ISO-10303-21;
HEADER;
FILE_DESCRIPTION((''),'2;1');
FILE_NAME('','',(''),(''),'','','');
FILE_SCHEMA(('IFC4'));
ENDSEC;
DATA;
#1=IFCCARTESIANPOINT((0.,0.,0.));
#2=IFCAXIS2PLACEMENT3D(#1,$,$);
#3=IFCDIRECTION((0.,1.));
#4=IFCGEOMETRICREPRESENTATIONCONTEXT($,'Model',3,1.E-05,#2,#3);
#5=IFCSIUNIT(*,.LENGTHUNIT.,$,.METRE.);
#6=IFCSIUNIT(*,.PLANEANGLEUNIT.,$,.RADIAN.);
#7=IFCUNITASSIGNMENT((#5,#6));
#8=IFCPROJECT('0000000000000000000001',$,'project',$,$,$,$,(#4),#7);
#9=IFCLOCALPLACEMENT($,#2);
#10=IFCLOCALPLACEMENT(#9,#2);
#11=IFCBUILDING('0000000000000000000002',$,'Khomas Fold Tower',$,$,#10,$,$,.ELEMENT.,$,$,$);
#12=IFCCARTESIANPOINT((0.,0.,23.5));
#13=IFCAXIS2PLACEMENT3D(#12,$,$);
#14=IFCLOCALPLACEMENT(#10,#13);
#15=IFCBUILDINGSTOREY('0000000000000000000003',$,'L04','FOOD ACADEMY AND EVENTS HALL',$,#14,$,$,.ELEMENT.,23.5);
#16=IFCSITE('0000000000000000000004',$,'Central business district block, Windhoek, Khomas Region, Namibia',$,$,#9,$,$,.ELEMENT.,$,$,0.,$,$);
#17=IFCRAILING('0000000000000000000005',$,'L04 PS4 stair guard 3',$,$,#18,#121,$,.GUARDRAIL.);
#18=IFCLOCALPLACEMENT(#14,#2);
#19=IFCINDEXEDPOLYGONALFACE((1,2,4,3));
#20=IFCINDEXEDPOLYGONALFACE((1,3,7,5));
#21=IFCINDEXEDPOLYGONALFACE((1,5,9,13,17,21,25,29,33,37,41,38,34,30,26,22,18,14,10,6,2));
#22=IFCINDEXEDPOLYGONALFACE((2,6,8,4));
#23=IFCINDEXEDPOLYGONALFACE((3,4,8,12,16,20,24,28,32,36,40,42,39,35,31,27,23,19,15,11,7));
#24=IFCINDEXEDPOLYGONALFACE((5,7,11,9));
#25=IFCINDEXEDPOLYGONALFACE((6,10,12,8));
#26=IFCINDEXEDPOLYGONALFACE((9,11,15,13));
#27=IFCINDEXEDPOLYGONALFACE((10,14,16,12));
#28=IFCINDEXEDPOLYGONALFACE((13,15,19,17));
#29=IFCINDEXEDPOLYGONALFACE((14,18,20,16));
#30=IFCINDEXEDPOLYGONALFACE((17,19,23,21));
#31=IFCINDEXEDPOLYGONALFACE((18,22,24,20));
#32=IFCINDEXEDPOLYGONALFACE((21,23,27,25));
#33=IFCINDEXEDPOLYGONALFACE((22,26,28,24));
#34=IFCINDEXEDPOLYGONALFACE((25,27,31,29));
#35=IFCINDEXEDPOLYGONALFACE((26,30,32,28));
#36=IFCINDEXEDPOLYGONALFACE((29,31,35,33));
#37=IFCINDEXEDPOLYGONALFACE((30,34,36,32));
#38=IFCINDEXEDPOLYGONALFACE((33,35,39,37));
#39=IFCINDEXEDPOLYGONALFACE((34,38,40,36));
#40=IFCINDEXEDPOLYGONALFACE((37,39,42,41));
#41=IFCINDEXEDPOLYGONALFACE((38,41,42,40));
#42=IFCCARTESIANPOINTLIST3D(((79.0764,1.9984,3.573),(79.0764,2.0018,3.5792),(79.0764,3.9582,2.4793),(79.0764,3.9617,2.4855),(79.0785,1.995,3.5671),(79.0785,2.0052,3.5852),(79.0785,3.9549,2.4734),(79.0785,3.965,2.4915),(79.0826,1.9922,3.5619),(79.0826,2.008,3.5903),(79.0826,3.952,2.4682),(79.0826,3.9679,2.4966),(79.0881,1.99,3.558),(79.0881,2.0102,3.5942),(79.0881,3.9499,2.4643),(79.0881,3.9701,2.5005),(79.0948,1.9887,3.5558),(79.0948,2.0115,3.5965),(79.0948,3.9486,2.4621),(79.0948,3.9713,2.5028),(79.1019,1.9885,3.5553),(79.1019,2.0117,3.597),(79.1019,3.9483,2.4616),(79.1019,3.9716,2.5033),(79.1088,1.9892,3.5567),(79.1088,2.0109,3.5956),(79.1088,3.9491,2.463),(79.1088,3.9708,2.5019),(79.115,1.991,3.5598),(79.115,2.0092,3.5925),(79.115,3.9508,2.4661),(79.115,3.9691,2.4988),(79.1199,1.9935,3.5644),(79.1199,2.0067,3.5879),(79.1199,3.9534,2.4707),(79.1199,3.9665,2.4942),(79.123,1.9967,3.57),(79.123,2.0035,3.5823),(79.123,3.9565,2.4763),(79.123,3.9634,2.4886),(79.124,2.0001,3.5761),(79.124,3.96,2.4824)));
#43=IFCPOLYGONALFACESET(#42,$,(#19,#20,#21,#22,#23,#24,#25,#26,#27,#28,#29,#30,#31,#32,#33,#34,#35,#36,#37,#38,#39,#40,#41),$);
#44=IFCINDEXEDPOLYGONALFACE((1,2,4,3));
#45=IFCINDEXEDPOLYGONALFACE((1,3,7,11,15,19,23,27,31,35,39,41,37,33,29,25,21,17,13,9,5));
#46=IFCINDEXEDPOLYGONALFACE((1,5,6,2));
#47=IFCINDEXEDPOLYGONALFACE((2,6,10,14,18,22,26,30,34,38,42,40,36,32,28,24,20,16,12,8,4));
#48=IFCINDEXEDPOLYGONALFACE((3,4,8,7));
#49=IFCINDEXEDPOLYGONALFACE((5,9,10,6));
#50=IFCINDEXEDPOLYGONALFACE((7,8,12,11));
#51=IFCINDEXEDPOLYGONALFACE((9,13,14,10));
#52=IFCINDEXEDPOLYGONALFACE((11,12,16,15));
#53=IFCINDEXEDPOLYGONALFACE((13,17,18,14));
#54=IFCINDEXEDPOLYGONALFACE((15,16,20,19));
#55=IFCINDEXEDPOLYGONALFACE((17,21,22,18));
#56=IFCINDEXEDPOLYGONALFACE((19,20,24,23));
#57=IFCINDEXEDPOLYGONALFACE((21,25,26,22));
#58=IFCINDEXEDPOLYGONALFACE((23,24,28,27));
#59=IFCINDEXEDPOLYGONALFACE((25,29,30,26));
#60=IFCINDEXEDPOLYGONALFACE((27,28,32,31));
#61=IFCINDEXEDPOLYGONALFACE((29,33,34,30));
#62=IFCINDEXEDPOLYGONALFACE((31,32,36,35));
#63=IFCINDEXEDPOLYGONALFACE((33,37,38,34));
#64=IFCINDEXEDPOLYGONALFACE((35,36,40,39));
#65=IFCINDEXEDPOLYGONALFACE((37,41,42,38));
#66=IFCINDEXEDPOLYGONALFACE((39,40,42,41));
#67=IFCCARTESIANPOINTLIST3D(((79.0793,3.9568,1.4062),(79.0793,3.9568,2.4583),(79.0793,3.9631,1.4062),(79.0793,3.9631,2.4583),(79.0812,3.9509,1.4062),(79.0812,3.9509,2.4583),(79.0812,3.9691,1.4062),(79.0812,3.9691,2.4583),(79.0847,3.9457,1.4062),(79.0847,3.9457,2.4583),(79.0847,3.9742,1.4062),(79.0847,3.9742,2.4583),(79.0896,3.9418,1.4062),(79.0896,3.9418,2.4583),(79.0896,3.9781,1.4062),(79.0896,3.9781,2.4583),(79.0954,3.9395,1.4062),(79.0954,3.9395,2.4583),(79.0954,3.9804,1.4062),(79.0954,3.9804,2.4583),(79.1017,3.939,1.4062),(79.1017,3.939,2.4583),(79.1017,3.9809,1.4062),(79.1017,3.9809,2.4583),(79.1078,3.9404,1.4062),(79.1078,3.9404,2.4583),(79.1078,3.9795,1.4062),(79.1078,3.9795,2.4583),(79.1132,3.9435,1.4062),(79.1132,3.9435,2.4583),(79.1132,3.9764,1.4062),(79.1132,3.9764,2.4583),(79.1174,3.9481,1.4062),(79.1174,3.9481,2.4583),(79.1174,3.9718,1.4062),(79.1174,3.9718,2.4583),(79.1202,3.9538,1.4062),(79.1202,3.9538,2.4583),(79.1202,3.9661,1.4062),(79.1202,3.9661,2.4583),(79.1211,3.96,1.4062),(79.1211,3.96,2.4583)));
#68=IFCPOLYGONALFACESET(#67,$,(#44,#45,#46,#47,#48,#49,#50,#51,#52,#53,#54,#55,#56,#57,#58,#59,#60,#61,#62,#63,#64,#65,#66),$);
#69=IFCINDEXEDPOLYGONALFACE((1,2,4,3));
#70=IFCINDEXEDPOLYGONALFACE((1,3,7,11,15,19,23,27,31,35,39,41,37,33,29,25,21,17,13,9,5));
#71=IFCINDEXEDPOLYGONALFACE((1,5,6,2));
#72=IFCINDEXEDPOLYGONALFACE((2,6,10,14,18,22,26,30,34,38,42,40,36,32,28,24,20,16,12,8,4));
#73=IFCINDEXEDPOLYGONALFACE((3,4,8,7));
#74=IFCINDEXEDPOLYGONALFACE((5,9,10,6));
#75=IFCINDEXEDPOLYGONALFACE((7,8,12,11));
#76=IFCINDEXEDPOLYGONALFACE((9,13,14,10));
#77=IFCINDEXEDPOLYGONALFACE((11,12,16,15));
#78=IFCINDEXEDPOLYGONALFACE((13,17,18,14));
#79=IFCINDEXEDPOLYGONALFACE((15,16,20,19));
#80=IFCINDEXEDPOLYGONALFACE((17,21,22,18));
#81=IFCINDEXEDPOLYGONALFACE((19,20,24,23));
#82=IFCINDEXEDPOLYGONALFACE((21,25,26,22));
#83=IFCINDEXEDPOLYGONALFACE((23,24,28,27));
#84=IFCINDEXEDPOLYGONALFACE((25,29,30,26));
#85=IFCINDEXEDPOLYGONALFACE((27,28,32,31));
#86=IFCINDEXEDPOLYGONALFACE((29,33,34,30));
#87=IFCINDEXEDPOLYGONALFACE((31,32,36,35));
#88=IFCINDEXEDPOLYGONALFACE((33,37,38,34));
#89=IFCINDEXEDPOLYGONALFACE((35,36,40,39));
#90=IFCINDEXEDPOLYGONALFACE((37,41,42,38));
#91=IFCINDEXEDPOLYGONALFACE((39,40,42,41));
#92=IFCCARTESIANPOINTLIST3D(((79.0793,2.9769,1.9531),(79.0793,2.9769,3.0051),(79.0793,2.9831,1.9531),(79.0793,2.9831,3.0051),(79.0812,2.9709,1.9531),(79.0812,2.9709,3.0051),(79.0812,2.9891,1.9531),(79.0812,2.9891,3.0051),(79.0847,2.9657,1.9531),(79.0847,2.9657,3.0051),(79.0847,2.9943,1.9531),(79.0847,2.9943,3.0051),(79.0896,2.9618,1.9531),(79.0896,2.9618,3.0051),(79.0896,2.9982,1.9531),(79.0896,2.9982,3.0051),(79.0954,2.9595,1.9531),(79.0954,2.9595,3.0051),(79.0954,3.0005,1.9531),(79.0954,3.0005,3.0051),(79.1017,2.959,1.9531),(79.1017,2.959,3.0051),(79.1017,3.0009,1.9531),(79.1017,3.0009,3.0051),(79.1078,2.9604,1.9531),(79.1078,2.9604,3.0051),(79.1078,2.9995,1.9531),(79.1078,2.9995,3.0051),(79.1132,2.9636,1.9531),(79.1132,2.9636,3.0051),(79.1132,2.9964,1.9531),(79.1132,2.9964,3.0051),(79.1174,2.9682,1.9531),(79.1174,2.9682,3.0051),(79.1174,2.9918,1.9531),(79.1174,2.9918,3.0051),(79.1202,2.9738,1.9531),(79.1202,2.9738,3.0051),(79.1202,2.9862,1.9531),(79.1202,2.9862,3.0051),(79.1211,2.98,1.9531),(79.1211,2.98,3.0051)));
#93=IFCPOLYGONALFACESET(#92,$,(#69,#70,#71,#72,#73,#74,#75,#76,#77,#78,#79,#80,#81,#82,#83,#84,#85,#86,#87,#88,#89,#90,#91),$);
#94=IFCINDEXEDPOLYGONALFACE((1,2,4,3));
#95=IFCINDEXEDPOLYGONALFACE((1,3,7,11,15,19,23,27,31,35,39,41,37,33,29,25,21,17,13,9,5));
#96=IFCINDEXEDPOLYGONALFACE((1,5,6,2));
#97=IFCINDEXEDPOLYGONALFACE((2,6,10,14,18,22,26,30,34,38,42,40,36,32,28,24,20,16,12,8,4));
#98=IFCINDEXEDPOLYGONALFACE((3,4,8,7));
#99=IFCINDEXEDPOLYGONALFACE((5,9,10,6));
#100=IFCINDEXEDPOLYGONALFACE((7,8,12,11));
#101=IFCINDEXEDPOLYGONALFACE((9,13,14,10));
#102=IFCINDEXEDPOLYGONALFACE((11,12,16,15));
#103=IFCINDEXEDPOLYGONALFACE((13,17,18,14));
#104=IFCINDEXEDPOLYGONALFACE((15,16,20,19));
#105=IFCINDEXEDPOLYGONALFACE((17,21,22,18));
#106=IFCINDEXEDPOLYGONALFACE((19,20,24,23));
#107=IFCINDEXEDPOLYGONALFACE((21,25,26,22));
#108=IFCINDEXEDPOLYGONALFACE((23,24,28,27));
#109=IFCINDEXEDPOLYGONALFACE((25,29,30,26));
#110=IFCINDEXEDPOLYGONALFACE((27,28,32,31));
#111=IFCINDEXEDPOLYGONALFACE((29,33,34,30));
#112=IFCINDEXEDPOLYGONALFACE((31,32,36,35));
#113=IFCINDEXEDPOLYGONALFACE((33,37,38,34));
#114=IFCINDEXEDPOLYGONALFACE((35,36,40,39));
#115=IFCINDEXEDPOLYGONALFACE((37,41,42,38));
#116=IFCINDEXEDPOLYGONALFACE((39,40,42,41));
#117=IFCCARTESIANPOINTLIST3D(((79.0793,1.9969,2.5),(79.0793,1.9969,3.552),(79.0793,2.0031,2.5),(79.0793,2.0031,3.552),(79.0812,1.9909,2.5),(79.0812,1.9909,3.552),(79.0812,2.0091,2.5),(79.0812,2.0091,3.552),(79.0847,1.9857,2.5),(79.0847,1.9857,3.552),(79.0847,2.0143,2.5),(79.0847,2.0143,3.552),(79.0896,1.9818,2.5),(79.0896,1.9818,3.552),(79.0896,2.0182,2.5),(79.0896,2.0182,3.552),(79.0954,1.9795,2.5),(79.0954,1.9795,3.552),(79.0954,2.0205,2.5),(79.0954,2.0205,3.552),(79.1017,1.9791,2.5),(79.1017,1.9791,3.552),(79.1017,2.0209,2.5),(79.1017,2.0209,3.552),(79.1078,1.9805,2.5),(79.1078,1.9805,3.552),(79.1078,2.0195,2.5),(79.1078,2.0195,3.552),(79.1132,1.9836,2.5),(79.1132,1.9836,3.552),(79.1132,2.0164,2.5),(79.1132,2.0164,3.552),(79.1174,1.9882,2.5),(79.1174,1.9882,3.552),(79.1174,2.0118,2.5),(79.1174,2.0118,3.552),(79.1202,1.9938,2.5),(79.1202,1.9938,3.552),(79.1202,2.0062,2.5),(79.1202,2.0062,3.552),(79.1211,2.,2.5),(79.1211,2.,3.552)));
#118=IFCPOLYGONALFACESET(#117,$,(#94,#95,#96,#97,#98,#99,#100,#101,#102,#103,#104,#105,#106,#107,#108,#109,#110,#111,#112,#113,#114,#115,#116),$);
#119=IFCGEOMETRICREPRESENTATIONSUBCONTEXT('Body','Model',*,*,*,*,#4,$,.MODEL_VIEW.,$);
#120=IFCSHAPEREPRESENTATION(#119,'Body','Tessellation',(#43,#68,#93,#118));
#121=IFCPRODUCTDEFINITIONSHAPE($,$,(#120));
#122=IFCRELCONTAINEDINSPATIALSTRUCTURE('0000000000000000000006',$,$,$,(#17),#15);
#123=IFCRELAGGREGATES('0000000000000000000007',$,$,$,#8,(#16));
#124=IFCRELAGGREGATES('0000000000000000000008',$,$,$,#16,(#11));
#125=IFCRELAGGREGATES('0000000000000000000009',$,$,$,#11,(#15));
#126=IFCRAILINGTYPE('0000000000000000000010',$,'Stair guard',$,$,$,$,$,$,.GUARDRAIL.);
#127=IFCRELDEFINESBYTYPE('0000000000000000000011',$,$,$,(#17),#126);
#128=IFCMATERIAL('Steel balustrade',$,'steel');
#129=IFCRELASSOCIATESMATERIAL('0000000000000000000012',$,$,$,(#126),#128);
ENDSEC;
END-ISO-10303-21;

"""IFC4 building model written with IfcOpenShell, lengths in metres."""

from ifc_helpers import new_model, si_unit, direction, frame, origin, origin_2d, place, context, subcontext, project, spatial, circle, extrude, source, transform, mapped, material, type_object, element, save


model = new_model("IFC4")

# Units and contexts
model_context = context("Model", 3, precision=1e-05, world=origin(), true_north=direction((0.0, 1.0)))
body_context = subcontext(model_context, "Body", "Model", "MODEL_VIEW")
ifc_project = project(units=[si_unit("LENGTHUNIT", "METRE"), si_unit("PLANEANGLEUNIT", "RADIAN")], contexts=[model_context])

# Site, building, storey
site_placement = place(None, origin())
site = spatial("IfcSite", under=ifc_project, at=site_placement, Name="Central business district block, Windhoek, Khomas Region, Namibia", CompositionType="ELEMENT", RefElevation=0.0)
building_placement = place(site_placement, origin())
building = spatial("IfcBuilding", under=site, at=building_placement, Name="Khomas Fold Tower", CompositionType="ELEMENT")
storey_placement = place(building_placement, frame((0.0, 0.0, 23.5)))
storey = spatial("IfcBuildingStorey", under=building, at=storey_placement, Name="L04", Description="FOOD ACADEMY AND EVENTS HALL", CompositionType="ELEMENT", Elevation=23.5)

# Railing
ifc_material_1 = material(Name="Steel balustrade", Category="steel")
railing_type_1 = type_object("IfcRailingType", Name="Stair guard", PredefinedType="GUARDRAIL", material=ifc_material_1)
shared_shape_1 = source(origin(), body_context, "Body", "SweptSolid", [
    extrude(circle(Radius=0.0239, at=origin_2d()), frame((0.0, 0.0, 1.0762), z_axis=(0.0, -0.873232, 0.487304), x_axis=(1.0, 0.0, 0.0)), (0.0, 0.0, 1.0), 2.2444),
    extrude(circle(Radius=0.021, at=origin_2d()), origin(), (0.0, 0.0, 1.0), 1.052),
    extrude(circle(Radius=0.021, at=origin_2d()), frame((0.0, -0.98, 0.5469)), (0.0, 0.0, 1.0), 1.052),
    extrude(circle(Radius=0.021, at=origin_2d()), frame((0.0, -1.96, 1.0938)), (0.0, 0.0, 1.0), 1.052),
])
for number, where, name in (
    (1, (79.1001, 3.96, 1.4062), "L04 PS4 stair guard 3"),
):
    element("IfcRailing", number, at=place(storey_placement, frame(where)), inside=storey, type_object=railing_type_1, Name=name, PredefinedType="GUARDRAIL", context=body_context, shape_type="MappedRepresentation", body=[
        mapped(shared_shape_1, transform((0.0, 0.0, 0.0))),
    ])

save(model, "model.ifc")
